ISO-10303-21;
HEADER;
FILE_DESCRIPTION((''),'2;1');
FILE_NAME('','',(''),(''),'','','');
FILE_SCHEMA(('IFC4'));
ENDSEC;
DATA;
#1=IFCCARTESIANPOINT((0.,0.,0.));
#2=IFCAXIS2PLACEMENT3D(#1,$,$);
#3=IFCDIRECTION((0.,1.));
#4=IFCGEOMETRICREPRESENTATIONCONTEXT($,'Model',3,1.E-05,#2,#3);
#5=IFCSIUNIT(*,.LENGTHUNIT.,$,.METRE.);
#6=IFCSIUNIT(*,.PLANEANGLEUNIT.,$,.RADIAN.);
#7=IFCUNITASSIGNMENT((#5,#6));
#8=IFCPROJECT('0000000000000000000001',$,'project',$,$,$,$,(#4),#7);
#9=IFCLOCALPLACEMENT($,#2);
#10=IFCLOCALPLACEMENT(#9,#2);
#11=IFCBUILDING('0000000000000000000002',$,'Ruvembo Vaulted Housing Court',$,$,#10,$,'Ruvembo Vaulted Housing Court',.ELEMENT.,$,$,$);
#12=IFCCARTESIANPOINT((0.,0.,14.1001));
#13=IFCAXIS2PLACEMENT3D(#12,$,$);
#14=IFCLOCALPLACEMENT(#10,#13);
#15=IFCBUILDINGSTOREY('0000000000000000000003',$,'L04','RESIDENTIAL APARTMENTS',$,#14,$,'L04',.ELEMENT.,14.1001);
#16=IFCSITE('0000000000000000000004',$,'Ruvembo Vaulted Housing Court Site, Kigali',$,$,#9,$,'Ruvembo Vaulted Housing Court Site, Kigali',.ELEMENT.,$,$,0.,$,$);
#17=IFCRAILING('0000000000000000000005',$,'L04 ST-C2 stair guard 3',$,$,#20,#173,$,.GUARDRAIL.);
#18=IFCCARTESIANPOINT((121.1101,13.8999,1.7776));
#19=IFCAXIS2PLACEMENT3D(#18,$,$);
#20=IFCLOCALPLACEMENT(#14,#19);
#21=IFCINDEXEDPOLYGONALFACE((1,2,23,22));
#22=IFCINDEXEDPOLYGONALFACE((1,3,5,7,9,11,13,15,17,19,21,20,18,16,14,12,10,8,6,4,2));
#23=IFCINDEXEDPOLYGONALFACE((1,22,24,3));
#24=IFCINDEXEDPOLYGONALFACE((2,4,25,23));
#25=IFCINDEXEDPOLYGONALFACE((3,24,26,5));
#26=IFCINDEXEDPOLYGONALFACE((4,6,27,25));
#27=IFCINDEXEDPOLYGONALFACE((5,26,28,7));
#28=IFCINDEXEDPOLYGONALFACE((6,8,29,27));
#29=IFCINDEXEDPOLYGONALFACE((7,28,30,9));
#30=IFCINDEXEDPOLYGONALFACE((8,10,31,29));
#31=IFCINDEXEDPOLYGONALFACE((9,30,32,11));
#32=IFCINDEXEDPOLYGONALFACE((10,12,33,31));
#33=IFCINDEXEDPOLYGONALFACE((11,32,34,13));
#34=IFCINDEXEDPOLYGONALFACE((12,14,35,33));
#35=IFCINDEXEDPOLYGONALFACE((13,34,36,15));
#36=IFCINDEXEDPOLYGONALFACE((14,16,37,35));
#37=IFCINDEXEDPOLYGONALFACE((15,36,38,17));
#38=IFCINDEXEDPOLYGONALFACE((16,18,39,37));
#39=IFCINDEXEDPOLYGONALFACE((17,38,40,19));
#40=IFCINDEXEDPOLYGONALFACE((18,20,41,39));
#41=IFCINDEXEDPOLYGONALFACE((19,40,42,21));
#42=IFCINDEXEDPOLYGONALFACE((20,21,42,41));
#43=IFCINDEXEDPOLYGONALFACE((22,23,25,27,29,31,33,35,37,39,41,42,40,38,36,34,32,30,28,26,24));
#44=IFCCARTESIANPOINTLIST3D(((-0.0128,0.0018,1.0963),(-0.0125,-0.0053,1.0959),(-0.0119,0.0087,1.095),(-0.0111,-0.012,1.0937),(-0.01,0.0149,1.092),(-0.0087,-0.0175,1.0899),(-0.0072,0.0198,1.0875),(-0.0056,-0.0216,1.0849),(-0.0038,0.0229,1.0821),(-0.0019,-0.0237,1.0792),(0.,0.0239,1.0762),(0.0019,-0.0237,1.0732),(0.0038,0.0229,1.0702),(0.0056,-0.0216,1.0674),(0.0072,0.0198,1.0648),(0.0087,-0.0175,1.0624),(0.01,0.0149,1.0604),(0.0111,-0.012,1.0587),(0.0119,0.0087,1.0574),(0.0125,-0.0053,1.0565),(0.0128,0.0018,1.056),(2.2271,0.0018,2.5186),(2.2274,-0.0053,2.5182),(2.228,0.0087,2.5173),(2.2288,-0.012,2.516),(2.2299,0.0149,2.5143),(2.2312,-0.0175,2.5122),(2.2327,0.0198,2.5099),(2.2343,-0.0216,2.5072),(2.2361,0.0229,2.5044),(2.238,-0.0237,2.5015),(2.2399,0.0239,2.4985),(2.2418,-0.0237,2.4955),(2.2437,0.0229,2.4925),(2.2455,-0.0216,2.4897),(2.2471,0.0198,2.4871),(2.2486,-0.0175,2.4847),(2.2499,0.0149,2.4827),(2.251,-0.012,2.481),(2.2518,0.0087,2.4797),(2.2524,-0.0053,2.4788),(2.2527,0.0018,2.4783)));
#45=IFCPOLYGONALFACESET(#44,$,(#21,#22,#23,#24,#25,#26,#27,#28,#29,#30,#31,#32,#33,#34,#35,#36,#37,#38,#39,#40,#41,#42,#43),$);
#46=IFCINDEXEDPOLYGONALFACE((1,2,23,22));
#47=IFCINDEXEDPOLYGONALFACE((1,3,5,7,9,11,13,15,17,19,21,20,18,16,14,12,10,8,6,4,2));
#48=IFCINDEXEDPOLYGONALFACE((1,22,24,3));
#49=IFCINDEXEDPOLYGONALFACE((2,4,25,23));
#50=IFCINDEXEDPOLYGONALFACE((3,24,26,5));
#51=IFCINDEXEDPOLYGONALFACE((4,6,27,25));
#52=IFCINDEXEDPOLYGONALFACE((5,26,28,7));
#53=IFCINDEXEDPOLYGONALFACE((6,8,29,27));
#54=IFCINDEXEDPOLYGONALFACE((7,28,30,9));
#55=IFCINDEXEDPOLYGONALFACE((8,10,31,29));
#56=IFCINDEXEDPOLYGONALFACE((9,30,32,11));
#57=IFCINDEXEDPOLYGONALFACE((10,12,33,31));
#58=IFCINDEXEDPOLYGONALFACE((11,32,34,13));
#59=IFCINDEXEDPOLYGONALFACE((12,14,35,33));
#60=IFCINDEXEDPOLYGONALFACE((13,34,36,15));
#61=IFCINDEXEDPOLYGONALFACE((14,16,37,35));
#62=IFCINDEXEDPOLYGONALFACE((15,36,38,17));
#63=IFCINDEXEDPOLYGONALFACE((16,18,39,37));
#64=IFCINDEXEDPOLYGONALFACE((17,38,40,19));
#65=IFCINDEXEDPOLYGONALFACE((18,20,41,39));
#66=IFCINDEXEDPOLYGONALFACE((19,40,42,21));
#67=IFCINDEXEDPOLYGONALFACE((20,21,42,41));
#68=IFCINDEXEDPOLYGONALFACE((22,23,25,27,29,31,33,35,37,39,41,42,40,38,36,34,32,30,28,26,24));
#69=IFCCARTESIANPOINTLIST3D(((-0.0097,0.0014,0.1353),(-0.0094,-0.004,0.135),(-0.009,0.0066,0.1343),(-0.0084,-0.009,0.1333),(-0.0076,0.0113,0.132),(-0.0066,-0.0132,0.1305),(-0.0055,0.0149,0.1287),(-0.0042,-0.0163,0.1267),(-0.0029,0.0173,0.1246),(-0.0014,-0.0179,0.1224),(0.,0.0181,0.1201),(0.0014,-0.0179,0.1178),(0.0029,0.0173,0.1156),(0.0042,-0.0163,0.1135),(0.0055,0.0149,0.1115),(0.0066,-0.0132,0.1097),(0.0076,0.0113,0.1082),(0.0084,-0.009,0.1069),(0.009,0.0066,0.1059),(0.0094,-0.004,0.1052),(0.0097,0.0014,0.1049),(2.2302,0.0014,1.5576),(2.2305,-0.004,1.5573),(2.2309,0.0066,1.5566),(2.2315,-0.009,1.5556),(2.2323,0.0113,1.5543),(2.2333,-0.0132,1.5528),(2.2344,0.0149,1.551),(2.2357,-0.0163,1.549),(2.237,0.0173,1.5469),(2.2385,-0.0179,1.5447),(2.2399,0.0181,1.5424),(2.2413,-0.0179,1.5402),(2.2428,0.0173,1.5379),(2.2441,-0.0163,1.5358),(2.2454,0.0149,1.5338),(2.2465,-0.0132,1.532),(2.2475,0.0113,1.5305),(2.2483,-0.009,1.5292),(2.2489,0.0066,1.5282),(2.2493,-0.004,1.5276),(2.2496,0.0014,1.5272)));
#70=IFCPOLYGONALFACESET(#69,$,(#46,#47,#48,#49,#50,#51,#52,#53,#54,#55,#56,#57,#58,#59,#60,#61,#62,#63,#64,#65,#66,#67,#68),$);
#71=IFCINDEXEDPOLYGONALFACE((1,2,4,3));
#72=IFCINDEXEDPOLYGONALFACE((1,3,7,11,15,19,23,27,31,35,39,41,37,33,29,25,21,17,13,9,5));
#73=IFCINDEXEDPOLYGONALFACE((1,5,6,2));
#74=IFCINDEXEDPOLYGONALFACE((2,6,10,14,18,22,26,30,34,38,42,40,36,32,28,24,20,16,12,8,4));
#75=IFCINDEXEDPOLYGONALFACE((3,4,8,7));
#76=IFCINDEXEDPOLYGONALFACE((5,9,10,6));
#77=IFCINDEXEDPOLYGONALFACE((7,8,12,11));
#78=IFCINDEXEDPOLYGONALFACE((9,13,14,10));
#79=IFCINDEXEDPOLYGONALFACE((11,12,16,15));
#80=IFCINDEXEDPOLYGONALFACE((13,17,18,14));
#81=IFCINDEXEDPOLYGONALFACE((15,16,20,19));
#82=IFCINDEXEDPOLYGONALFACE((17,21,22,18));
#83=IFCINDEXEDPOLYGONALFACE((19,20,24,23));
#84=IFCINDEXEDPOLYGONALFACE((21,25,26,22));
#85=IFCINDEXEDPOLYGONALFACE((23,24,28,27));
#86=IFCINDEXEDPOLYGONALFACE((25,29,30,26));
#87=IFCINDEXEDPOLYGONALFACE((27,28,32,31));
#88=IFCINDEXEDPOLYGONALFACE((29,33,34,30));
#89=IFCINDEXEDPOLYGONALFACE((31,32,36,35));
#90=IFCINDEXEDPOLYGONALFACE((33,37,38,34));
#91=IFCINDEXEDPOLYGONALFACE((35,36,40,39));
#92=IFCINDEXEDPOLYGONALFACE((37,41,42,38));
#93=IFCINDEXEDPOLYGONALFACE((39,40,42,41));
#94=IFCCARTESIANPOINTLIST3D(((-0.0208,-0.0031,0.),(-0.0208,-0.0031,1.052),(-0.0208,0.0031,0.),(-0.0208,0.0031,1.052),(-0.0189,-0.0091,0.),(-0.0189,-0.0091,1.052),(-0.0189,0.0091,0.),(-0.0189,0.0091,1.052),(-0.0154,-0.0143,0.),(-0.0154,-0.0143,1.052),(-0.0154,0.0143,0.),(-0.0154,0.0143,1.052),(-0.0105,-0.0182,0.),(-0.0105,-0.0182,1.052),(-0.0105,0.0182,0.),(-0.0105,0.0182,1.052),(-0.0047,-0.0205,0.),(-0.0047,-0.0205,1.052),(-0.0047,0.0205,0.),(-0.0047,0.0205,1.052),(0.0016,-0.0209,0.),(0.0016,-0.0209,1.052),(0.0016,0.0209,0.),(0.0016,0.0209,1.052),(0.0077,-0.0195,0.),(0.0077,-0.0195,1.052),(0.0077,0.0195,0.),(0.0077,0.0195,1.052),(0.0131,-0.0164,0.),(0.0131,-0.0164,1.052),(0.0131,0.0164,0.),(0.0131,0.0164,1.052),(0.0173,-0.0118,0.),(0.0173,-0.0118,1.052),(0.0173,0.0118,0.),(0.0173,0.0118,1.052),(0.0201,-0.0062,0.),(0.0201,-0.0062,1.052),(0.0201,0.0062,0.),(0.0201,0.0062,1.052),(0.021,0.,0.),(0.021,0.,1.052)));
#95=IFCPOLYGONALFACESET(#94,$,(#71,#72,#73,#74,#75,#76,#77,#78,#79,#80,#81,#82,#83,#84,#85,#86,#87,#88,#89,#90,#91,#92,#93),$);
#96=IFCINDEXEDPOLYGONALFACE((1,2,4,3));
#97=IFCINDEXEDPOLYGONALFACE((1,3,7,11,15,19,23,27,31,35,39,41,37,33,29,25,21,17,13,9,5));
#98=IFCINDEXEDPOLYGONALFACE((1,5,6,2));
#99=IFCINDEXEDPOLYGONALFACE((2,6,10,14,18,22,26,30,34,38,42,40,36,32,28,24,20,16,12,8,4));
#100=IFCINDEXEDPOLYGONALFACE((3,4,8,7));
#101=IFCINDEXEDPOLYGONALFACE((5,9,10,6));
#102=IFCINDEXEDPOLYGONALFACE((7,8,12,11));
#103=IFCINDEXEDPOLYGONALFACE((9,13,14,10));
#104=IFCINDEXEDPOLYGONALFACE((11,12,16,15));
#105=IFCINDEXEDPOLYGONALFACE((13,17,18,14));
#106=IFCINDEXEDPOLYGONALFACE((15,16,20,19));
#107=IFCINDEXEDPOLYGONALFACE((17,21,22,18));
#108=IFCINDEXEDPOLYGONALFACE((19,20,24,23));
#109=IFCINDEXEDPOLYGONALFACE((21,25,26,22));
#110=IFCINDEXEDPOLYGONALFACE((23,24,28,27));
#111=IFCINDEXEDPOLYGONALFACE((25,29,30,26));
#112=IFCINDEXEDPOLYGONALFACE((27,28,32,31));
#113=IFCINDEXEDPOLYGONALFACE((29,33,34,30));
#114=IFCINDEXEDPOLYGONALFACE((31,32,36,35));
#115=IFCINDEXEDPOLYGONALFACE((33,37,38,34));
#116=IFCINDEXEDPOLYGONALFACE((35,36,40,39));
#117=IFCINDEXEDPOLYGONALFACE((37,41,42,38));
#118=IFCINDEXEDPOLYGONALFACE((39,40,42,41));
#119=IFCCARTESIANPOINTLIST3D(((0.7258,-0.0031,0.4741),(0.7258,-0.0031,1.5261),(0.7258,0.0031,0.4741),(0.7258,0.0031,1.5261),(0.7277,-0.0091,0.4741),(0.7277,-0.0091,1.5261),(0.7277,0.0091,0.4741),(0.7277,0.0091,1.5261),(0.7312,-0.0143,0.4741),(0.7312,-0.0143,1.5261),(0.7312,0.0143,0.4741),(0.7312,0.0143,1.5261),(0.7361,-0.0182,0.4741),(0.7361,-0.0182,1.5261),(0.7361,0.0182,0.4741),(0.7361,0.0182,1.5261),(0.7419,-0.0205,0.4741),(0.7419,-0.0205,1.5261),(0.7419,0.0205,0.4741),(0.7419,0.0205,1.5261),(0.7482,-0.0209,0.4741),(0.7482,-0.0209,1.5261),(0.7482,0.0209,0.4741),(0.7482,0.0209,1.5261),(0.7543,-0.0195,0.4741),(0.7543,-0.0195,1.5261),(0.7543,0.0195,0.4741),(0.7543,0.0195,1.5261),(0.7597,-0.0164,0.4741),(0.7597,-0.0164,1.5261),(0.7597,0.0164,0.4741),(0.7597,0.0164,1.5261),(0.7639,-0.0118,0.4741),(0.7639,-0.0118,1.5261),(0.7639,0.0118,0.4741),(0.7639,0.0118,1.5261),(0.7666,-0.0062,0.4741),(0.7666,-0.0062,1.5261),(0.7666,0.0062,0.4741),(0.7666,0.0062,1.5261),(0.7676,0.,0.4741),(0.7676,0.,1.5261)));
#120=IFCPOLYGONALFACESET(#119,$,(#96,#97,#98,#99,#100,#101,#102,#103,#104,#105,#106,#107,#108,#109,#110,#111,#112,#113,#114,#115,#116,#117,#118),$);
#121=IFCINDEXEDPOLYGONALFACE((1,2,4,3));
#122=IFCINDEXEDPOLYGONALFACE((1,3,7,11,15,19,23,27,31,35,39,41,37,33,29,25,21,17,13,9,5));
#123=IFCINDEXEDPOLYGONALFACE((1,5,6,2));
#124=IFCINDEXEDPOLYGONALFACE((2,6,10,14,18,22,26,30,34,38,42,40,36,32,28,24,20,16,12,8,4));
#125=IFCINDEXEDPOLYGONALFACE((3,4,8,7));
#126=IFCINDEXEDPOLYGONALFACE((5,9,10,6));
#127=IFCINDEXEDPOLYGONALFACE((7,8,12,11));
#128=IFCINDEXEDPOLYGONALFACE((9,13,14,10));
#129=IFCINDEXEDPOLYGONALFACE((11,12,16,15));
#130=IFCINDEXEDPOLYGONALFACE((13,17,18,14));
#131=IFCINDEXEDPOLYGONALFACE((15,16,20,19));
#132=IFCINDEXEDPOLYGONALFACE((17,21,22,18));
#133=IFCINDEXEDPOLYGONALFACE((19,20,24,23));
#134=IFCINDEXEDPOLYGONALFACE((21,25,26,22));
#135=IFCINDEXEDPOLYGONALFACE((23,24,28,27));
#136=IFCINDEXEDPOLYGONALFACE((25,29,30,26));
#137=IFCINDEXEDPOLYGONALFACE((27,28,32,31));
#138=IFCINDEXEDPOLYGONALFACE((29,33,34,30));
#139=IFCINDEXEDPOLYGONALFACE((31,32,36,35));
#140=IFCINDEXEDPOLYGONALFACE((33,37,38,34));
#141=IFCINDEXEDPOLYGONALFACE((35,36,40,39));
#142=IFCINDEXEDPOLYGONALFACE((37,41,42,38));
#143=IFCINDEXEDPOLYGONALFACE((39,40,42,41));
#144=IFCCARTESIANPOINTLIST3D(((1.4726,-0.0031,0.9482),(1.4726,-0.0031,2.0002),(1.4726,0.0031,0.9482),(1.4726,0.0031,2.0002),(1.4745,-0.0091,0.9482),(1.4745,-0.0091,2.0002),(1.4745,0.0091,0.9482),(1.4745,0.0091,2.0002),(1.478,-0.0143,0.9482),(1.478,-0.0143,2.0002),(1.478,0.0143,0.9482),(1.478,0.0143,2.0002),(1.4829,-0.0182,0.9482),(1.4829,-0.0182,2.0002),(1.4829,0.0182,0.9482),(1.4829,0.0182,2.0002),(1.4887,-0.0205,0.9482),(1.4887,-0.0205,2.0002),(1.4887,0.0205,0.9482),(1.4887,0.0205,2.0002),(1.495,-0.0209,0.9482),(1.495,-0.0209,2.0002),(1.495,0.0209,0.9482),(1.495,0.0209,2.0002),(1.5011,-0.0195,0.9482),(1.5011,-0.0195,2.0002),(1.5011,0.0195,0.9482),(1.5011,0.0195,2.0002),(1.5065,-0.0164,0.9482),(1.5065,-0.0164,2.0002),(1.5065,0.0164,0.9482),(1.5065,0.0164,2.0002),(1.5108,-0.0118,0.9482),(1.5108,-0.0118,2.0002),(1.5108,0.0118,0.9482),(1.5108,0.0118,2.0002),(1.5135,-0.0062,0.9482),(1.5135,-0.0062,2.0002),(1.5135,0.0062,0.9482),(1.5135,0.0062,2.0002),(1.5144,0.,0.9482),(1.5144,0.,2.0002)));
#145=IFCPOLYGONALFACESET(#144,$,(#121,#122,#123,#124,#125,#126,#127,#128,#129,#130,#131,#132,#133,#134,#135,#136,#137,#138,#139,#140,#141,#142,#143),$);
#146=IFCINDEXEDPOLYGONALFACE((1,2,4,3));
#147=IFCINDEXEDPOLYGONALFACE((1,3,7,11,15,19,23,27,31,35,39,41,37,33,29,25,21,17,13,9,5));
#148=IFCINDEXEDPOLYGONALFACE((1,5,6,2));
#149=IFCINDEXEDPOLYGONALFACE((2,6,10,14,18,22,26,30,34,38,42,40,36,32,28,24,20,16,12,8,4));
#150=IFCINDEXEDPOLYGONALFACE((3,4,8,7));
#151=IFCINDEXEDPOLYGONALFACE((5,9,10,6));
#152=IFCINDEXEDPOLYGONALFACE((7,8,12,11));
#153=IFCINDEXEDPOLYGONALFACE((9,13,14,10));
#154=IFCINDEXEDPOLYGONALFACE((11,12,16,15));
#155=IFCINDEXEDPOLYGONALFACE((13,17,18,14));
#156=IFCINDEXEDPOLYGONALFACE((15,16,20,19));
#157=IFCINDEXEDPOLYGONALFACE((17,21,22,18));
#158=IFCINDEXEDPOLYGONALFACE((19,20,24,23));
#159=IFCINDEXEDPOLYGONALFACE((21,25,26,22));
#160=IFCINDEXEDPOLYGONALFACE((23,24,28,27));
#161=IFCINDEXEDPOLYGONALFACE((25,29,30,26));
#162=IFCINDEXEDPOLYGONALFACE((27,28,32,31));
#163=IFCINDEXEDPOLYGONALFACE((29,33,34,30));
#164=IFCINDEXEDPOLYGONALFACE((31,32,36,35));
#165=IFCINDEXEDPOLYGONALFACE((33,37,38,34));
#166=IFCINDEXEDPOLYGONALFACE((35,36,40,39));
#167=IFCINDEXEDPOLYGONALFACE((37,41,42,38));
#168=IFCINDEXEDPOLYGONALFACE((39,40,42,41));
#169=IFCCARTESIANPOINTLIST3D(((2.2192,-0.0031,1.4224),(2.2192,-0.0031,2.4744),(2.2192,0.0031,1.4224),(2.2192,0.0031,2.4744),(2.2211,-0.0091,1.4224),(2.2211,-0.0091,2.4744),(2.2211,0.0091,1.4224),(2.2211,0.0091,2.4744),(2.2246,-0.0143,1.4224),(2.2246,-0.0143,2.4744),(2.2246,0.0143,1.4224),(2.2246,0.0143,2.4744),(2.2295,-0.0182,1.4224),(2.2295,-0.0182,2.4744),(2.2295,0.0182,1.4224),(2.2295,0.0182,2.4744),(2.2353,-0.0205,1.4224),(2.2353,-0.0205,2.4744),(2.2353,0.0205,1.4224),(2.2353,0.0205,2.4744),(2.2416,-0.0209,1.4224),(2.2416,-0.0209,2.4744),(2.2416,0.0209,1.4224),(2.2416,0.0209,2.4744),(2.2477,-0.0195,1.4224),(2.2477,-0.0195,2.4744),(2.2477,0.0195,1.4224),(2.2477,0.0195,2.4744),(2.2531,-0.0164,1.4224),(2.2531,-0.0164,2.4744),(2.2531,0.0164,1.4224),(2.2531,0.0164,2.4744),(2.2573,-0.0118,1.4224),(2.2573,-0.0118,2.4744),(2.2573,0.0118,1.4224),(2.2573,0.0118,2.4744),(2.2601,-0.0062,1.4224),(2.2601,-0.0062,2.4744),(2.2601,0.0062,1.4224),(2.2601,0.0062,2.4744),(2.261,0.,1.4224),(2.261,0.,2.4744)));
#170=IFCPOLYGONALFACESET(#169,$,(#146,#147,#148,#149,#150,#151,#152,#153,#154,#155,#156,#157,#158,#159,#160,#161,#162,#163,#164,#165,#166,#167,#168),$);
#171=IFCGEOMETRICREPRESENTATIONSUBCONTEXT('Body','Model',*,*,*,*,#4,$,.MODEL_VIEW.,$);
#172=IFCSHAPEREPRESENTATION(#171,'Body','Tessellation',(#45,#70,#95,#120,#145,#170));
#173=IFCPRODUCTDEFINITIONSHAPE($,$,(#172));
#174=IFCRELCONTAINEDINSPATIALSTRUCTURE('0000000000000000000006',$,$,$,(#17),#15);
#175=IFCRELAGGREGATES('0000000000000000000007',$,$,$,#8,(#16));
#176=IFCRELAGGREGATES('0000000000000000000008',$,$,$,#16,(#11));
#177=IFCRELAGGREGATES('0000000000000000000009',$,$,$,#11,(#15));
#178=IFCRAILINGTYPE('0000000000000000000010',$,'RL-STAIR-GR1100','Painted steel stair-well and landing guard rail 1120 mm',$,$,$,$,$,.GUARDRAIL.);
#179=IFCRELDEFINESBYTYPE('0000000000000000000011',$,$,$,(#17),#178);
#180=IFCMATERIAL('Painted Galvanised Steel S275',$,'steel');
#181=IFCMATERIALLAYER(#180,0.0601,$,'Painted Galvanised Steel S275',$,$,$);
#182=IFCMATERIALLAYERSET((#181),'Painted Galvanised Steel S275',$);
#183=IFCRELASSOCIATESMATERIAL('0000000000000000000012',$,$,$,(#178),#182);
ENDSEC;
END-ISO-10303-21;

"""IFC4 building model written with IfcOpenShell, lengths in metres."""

from ifc_helpers import new_model, si_unit, direction, frame, origin, origin_2d, place, context, subcontext, project, spatial, circle, extrude, material, layer, layer_set, type_object, element, save


model = new_model("IFC4")

# Units and contexts
model_context = context("Model", 3, precision=1e-05, world=origin(), true_north=direction((0.0, 1.0)))
body_context = subcontext(model_context, "Body", "Model", "MODEL_VIEW")
ifc_project = project(units=[si_unit("LENGTHUNIT", "METRE"), si_unit("PLANEANGLEUNIT", "RADIAN")], contexts=[model_context])

# Site, building, storey
site_placement = place(None, origin())
site = spatial("IfcSite", under=ifc_project, at=site_placement, Name="Ruvembo Vaulted Housing Court Site, Kigali", LongName="Ruvembo Vaulted Housing Court Site, Kigali", CompositionType="ELEMENT", RefElevation=0.0)
building_placement = place(site_placement, origin())
building = spatial("IfcBuilding", under=site, at=building_placement, Name="Ruvembo Vaulted Housing Court", LongName="Ruvembo Vaulted Housing Court", CompositionType="ELEMENT")
storey_placement = place(building_placement, frame((0.0, 0.0, 14.1001)))
storey = spatial("IfcBuildingStorey", under=building, at=storey_placement, Name="L04", Description="RESIDENTIAL APARTMENTS", LongName="L04", CompositionType="ELEMENT", Elevation=14.1001)

# Railing
ifc_material_1 = material(Name="Painted Galvanised Steel S275", Category="steel")
ifc_layer_1 = layer(ifc_material_1, 0.0601, Name="Painted Galvanised Steel S275")
ifc_layer_set_1 = layer_set([ifc_layer_1], Name="Painted Galvanised Steel S275")
railing_type_1 = type_object("IfcRailingType", Name="RL-STAIR-GR1100", Description="Painted steel stair-well and landing guard rail 1120 mm", PredefinedType="GUARDRAIL", material=ifc_layer_set_1)
railing_1_placement = place(storey_placement, frame((121.1101, 13.8999, 1.7776)))
element("IfcRailing", 1, at=railing_1_placement, inside=storey, type_object=railing_type_1, Name="L04 ST-C2 stair guard 3", PredefinedType="GUARDRAIL", context=body_context, shape_type="SweptSolid", body=[
    extrude(circle(Radius=0.0239, at=origin_2d()), frame((0.0, 0.0, 1.0762), z_axis=(0.844188, 0.0, 0.536048), x_axis=(0.0, 1.0, 0.0)), (0.0, 0.0, 1.0), 2.6533),
    extrude(circle(Radius=0.0181, at=origin_2d()), frame((0.0, 0.0, 0.1201), z_axis=(0.844188, 0.0, 0.536048), x_axis=(0.0, 1.0, 0.0)), (0.0, 0.0, 1.0), 2.6533),
    extrude(circle(Radius=0.021, at=origin_2d()), origin(), (0.0, 0.0, 1.0), 1.052),
    extrude(circle(Radius=0.021, at=origin_2d()), frame((0.7466, 0.0, 0.4741)), (0.0, 0.0, 1.0), 1.052),
    extrude(circle(Radius=0.021, at=origin_2d()), frame((1.4934, 0.0, 0.9482)), (0.0, 0.0, 1.0), 1.052),
    extrude(circle(Radius=0.021, at=origin_2d()), frame((2.24, 0.0, 1.4224)), (0.0, 0.0, 1.0), 1.052),
])

save(model, "model.ifc")
